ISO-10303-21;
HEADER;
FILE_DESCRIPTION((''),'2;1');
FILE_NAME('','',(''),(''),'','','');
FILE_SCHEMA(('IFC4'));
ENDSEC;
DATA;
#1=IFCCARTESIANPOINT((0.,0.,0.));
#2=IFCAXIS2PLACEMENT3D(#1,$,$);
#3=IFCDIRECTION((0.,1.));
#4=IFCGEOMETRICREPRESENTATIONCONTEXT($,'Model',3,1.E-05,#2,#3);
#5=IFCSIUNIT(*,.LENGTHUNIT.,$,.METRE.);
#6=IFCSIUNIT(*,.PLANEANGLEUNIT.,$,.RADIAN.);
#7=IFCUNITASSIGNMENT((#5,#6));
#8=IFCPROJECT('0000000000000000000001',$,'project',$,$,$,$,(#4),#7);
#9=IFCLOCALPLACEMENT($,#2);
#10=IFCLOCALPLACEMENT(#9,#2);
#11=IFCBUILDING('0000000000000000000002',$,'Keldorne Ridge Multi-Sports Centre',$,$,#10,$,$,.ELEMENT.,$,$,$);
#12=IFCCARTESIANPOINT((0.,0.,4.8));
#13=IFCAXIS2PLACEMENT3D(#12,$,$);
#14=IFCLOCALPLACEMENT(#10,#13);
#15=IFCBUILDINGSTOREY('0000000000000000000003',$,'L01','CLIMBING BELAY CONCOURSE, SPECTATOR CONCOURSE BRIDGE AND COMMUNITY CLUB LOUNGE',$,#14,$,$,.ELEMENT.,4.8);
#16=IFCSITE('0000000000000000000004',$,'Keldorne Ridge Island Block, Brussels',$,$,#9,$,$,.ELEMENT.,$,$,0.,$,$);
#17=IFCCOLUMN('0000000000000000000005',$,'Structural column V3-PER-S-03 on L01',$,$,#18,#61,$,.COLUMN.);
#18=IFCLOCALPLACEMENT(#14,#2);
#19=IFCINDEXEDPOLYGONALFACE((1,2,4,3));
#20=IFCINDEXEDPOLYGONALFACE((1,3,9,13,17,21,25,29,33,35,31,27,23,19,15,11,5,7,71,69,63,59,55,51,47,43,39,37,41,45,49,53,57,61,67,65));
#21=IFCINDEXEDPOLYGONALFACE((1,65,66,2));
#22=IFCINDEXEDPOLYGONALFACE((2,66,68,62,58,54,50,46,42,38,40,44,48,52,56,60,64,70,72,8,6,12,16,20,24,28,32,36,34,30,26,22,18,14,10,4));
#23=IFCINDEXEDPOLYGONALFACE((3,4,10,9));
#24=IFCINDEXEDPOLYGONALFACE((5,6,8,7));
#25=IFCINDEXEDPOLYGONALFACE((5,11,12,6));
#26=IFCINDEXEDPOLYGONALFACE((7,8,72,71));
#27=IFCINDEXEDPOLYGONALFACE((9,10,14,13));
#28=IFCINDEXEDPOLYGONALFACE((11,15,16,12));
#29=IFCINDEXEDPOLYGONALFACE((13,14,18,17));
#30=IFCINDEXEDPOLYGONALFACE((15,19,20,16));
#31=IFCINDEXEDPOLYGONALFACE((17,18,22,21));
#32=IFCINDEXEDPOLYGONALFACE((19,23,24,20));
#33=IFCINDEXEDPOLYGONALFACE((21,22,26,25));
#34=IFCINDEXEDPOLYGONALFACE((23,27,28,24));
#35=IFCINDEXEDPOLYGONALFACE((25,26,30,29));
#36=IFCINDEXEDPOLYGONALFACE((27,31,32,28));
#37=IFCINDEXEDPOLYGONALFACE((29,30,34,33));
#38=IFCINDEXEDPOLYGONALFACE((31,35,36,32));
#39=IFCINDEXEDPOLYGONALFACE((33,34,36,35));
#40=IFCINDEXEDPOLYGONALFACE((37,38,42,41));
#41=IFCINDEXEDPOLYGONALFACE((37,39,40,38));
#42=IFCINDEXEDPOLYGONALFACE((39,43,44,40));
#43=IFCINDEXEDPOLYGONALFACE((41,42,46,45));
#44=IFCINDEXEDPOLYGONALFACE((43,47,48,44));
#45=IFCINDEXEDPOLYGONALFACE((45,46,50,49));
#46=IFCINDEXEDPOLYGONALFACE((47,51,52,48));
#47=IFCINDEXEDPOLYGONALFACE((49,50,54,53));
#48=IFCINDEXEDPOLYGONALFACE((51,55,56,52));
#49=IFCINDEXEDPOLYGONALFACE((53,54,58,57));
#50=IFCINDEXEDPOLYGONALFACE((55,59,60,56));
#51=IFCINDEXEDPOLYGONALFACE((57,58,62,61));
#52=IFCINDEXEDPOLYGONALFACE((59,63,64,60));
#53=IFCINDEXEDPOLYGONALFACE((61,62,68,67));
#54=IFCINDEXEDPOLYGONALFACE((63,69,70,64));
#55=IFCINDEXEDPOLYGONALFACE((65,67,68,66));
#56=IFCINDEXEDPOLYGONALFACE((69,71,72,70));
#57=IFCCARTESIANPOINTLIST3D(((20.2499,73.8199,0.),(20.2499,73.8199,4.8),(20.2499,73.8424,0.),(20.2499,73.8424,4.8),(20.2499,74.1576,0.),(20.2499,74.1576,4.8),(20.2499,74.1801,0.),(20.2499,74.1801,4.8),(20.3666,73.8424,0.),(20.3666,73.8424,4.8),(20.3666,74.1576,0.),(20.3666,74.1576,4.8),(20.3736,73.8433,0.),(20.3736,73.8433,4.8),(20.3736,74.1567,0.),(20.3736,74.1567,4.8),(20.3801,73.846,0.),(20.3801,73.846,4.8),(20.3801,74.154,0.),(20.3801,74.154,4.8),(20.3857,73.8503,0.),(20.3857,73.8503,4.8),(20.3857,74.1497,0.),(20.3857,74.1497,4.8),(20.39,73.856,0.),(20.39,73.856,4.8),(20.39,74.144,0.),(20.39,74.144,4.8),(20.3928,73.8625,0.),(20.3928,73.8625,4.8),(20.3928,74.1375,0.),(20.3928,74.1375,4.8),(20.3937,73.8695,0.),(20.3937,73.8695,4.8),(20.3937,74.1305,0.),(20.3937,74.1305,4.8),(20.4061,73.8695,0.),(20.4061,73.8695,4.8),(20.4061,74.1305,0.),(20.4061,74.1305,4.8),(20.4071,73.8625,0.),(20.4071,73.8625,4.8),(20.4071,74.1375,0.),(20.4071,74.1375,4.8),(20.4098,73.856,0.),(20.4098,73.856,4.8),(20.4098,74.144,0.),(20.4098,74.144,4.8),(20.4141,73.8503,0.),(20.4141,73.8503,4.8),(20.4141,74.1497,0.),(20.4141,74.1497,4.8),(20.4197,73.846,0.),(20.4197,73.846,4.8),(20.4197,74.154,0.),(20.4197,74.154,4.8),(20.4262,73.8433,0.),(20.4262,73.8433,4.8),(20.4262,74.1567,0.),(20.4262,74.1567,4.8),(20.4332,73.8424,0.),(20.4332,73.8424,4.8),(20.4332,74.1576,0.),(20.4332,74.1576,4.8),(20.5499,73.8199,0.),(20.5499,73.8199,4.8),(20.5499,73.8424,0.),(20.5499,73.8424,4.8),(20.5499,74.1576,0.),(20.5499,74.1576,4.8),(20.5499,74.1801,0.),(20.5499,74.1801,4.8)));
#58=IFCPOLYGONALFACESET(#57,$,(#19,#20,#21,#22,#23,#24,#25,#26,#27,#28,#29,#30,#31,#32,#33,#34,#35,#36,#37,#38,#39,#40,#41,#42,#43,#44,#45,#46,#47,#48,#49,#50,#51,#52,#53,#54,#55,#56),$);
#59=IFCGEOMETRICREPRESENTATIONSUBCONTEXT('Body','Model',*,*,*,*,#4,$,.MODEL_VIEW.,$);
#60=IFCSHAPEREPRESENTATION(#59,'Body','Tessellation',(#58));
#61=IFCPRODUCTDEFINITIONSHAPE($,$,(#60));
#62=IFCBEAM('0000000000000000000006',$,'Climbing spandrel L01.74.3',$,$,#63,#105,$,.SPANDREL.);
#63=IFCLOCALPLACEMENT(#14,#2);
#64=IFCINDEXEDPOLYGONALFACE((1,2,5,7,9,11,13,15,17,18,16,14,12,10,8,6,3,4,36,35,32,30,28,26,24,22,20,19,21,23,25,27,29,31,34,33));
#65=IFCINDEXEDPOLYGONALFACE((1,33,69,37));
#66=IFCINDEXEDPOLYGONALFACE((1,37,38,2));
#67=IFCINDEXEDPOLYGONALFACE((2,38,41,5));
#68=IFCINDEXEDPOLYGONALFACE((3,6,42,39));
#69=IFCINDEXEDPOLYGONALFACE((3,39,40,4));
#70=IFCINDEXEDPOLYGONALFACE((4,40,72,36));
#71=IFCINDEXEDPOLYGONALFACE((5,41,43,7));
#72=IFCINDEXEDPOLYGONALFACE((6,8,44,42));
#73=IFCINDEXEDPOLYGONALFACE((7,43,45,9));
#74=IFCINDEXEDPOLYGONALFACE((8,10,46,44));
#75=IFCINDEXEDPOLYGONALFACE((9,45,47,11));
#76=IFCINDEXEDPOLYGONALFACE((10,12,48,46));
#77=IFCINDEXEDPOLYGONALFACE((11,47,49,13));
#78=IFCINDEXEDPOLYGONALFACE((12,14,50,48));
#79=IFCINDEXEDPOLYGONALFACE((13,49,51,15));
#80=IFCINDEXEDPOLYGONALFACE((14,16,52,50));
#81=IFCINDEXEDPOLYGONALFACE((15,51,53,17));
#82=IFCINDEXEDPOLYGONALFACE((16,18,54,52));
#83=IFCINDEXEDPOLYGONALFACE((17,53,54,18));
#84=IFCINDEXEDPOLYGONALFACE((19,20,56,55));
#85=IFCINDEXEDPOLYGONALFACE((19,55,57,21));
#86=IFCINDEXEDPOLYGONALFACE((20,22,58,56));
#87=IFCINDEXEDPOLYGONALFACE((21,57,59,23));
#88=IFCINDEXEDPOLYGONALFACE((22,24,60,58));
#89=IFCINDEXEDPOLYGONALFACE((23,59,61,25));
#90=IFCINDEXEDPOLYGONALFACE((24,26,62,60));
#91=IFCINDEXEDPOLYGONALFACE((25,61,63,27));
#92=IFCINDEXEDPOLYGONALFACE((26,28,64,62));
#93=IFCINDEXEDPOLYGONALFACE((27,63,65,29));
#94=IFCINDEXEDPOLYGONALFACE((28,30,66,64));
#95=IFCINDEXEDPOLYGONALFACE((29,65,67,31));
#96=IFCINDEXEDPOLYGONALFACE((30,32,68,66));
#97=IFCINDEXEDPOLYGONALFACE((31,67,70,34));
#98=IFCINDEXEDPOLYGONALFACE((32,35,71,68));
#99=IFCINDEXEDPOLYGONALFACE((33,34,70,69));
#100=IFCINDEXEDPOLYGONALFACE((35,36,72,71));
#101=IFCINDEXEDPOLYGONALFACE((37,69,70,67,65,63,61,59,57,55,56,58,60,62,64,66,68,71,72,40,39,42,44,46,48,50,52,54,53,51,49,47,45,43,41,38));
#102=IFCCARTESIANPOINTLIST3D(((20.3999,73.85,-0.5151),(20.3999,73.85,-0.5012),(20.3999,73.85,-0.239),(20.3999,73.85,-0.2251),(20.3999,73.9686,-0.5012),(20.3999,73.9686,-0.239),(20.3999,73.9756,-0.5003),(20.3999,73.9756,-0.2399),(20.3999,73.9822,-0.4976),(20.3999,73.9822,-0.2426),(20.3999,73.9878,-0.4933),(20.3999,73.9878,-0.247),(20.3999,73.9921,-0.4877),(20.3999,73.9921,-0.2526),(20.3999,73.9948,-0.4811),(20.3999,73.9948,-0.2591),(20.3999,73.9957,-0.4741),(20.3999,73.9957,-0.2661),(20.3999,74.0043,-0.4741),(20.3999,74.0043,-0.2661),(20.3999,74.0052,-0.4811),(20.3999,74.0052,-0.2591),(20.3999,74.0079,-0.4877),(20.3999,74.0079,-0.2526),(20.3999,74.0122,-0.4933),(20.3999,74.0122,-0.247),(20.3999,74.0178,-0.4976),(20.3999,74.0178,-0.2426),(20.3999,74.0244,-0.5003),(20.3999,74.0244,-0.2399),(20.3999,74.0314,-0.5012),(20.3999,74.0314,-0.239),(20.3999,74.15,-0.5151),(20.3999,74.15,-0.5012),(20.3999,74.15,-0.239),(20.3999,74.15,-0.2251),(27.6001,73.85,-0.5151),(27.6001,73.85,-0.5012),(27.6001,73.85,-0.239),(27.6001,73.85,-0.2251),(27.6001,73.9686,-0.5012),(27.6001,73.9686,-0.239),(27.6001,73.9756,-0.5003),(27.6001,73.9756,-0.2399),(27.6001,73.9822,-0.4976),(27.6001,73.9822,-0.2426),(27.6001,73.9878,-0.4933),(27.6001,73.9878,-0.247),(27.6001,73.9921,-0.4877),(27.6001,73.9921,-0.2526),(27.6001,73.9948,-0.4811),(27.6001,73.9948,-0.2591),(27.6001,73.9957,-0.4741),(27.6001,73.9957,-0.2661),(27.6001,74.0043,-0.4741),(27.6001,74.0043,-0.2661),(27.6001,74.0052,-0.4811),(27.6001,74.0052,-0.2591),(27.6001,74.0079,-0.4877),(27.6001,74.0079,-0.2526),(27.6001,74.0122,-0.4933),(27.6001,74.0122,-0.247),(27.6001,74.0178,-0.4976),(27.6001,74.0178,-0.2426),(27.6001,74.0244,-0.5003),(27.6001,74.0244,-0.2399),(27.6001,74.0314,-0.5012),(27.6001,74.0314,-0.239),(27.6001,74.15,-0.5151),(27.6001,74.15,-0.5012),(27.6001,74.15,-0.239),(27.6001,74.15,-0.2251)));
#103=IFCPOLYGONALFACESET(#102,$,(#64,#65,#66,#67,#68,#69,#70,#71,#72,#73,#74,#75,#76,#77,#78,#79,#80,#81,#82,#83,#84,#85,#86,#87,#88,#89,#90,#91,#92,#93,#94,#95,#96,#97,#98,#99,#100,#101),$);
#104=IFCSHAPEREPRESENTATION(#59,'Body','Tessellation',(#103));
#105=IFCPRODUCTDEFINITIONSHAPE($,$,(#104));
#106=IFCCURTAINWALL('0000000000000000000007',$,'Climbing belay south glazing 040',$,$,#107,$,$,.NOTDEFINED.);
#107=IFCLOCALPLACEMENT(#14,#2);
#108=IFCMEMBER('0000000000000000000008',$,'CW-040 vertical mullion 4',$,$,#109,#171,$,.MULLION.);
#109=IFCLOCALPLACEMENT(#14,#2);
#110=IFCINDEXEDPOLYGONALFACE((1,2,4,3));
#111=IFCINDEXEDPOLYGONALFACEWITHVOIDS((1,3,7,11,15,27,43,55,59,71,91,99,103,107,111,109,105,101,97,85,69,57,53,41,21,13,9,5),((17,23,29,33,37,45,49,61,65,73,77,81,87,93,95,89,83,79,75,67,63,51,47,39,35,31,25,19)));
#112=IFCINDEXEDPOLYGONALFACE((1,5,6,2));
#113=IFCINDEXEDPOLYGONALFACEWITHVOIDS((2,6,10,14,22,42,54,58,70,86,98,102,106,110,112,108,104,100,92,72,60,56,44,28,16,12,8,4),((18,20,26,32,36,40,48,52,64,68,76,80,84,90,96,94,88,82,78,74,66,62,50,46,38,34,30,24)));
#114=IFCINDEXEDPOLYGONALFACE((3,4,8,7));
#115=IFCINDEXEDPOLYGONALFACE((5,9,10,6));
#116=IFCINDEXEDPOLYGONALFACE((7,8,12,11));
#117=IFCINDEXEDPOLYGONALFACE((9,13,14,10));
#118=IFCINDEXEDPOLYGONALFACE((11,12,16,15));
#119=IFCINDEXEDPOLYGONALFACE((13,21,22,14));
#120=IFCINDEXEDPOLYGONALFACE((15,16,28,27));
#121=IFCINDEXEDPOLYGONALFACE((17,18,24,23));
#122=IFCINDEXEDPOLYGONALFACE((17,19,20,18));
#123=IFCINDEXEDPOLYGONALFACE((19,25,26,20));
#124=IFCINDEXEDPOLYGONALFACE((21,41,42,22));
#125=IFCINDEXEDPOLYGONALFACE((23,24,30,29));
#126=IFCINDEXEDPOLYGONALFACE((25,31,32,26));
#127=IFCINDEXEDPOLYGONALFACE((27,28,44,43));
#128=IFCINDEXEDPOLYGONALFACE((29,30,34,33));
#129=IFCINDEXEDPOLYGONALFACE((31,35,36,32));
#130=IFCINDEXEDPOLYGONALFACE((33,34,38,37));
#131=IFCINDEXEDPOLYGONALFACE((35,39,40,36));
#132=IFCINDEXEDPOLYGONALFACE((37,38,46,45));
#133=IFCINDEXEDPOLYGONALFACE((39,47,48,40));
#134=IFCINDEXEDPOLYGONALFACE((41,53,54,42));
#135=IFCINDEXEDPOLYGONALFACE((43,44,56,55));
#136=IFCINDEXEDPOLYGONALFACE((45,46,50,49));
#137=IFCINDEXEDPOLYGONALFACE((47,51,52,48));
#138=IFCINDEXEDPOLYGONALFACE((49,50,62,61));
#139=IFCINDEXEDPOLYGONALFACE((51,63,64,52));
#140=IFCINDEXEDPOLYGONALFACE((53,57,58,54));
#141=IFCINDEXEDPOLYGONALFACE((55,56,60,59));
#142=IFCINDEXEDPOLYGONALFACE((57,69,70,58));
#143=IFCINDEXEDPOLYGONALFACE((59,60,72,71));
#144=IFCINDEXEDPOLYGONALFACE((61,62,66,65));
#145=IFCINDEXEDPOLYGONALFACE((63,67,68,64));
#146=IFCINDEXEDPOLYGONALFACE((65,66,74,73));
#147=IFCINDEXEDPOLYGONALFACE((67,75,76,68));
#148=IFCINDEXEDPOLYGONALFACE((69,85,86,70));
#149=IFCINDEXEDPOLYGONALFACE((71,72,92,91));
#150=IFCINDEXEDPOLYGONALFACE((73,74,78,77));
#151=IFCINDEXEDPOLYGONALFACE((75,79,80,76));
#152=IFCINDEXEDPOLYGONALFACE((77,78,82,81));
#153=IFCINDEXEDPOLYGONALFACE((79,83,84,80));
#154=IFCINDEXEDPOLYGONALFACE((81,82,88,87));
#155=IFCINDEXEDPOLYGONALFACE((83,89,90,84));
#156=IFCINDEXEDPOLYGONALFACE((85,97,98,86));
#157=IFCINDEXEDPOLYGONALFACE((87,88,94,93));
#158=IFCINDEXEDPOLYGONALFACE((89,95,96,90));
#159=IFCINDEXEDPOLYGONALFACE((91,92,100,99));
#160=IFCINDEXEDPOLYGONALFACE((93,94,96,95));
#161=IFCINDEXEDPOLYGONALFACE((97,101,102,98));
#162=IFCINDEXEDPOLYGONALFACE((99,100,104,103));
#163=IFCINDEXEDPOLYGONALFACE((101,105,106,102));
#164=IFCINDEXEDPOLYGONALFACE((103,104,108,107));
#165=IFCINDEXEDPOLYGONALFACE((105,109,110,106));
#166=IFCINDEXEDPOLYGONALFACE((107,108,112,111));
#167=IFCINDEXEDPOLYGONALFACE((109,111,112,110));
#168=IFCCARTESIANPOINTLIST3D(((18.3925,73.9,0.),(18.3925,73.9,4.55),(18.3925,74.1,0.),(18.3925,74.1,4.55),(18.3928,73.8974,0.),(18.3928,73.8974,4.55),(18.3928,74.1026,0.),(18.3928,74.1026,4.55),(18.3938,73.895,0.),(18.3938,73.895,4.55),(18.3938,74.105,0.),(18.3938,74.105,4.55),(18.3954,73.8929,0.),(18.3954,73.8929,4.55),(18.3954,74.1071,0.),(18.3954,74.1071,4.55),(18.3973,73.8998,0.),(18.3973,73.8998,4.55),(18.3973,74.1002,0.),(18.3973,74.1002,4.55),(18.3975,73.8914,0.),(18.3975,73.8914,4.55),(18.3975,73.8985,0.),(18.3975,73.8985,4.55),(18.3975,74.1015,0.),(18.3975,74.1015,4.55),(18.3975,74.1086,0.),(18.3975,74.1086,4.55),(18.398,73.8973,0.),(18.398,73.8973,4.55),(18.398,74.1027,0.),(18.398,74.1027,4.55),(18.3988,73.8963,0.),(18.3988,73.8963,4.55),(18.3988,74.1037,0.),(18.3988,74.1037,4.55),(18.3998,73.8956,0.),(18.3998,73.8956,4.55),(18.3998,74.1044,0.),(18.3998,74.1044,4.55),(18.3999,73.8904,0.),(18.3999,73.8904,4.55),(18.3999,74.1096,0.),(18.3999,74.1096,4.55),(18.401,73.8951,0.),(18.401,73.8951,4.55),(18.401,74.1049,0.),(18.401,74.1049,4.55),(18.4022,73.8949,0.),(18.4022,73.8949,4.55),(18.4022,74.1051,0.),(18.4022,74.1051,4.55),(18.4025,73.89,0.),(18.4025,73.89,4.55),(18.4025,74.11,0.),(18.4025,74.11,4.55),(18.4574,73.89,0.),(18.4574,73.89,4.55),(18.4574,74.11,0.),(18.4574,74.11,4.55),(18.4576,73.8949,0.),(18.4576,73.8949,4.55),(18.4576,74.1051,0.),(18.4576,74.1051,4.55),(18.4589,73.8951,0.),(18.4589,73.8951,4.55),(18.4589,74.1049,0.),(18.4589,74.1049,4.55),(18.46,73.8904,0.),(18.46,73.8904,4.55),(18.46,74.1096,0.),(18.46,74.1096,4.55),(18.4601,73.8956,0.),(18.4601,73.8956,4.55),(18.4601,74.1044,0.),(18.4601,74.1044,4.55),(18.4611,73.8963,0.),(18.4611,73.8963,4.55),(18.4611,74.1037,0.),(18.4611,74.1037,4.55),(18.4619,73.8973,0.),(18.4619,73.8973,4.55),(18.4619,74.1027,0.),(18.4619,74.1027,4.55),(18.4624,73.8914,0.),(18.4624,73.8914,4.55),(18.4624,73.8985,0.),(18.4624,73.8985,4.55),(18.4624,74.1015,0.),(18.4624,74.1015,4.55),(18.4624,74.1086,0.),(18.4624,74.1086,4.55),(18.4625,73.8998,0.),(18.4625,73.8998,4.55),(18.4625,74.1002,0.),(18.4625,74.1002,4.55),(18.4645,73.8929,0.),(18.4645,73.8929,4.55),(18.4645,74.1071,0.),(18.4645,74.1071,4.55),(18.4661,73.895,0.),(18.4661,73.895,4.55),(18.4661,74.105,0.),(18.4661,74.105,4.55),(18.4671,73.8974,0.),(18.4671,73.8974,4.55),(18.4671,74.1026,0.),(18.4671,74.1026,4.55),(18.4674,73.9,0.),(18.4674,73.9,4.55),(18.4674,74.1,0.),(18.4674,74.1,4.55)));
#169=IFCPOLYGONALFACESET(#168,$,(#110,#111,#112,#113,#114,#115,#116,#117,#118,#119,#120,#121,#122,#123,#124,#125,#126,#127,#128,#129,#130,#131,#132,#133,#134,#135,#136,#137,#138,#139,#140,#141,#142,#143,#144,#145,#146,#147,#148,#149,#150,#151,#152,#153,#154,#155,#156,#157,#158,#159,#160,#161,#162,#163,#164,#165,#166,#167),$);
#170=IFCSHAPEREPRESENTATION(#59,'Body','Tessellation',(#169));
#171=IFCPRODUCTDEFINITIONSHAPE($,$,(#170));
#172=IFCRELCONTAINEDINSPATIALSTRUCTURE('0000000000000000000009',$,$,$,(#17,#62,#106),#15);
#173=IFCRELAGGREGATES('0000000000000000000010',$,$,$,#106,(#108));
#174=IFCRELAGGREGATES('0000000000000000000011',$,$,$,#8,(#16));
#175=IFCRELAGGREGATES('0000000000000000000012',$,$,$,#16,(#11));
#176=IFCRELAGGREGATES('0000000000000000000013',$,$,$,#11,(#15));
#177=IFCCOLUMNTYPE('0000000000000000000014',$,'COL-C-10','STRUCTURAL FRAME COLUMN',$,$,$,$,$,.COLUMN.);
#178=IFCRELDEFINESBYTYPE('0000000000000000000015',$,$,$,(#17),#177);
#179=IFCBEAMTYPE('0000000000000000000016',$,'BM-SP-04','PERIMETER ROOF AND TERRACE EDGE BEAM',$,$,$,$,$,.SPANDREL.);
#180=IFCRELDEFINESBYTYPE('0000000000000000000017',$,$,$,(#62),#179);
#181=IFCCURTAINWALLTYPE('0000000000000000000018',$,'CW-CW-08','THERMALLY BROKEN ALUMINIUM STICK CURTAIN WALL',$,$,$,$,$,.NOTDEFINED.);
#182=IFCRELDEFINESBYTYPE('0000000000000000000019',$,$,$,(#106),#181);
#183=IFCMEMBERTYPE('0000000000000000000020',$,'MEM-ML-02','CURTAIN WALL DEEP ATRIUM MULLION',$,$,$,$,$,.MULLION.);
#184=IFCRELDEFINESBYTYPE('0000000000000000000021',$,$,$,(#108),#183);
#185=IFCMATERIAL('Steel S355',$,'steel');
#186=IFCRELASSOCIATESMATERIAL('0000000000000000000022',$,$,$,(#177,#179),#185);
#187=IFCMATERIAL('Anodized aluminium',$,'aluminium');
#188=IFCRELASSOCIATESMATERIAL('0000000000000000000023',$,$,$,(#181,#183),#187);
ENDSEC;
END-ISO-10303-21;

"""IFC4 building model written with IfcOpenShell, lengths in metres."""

from ifc_helpers import new_model, si_unit, direction, frame, origin, origin_2d, place, context, subcontext, project, spatial, hollow_rectangle, i_section, extrude, material, material_profile, profile_set, type_object, element, aggregate, save


model = new_model("IFC4")

# Units and contexts
model_context = context("Model", 3, precision=1e-05, world=origin(), true_north=direction((0.0, 1.0)))
body_context = subcontext(model_context, "Body", "Model", "MODEL_VIEW")
ifc_project = project(units=[si_unit("LENGTHUNIT", "METRE"), si_unit("PLANEANGLEUNIT", "RADIAN")], contexts=[model_context])

# Site, building, storey
site_placement = place(None, origin())
site = spatial("IfcSite", under=ifc_project, at=site_placement, Name="Keldorne Ridge Island Block, Brussels", CompositionType="ELEMENT", RefElevation=0.0)
building_placement = place(site_placement, origin())
building = spatial("IfcBuilding", under=site, at=building_placement, Name="Keldorne Ridge Multi-Sports Centre", CompositionType="ELEMENT")
storey_placement = place(building_placement, frame((0.0, 0.0, 4.8)))
storey = spatial("IfcBuildingStorey", under=building, at=storey_placement, Name="L01", Description="CLIMBING BELAY CONCOURSE, SPECTATOR CONCOURSE BRIDGE AND COMMUNITY CLUB LOUNGE", CompositionType="ELEMENT", Elevation=4.8)

# Column
ifc_material_1 = material(Name="Steel S355", Category="steel")
ifc_material_profile_1 = material_profile(ifc_material_1, i_section(OverallWidth=0.3, OverallDepth=0.3601, WebThickness=0.0125, FlangeThickness=0.0225, FilletRadius=0.0271, at=origin_2d()), Name="HEB 360")
ifc_profile_set_1 = profile_set([ifc_material_profile_1], Name="Steel S355")
column_type = type_object("IfcColumnType", Name="COL-C-10", Description="STRUCTURAL FRAME COLUMN", PredefinedType="COLUMN", material=ifc_profile_set_1)
column_placement = place(storey_placement, frame((20.3999, 74.0, 0.0), z_axis=(0.0, 0.0, 1.0), x_axis=(1.0, 0.0, 0.0)))
element("IfcColumn", 1, at=column_placement, inside=storey, type_object=column_type, Name="Structural column V3-PER-S-03 on L01", PredefinedType="COLUMN", context=body_context, shape_type="SweptSolid", body=[
    extrude(i_section(OverallWidth=0.3, OverallDepth=0.3601, WebThickness=0.0125, FlangeThickness=0.0225, FilletRadius=0.0271, at=origin_2d()), origin(), (0.0, 0.0, 1.0), 4.8),
])

# Beam
ifc_material_profile_2 = material_profile(ifc_material_1, i_section(OverallWidth=0.3, OverallDepth=0.29, WebThickness=0.0085, FlangeThickness=0.0139, FilletRadius=0.0271, at=origin_2d()), Name="HEA 300")
ifc_profile_set_2 = profile_set([ifc_material_profile_2], Name="Steel S355")
beam_type = type_object("IfcBeamType", Name="BM-SP-04", Description="PERIMETER ROOF AND TERRACE EDGE BEAM", PredefinedType="SPANDREL", material=ifc_profile_set_2)
beam_placement = place(storey_placement, frame((20.3999, 74.0, -0.3701), z_axis=(1.0, 0.0, 0.0), x_axis=(0.0, 1.0, 0.0)))
element("IfcBeam", 2, at=beam_placement, inside=storey, type_object=beam_type, Name="Climbing spandrel L01.74.3", PredefinedType="SPANDREL", context=body_context, shape_type="SweptSolid", body=[
    extrude(i_section(OverallWidth=0.3, OverallDepth=0.29, WebThickness=0.0085, FlangeThickness=0.0139, FilletRadius=0.0271, at=origin_2d()), origin(), (0.0, 0.0, 1.0), 7.2002),
])

# Curtain wall, member
ifc_material_2 = material(Name="Anodized aluminium", Category="aluminium")
curtain_wall_type_1 = type_object("IfcCurtainWallType", Name="CW-CW-08", Description="THERMALLY BROKEN ALUMINIUM STICK CURTAIN WALL", PredefinedType="NOTDEFINED", material=ifc_material_2)
curtain_wall_1_placement = place(storey_placement, origin())
curtain_wall_1 = element("IfcCurtainWall", 3, at=curtain_wall_1_placement, inside=storey, type_object=curtain_wall_type_1, Name="Climbing belay south glazing 040", PredefinedType="NOTDEFINED")
ifc_material_profile_3 = material_profile(ifc_material_2, hollow_rectangle(XDim=0.075, YDim=0.22, WallThickness=0.0049, InnerFilletRadius=0.0049, OuterFilletRadius=0.01, at=origin_2d()), Name="ALU MULLION 220x75x5")
ifc_profile_set_3 = profile_set([ifc_material_profile_3], Name="Anodized aluminium")
member_type_1 = type_object("IfcMemberType", Name="MEM-ML-02", Description="CURTAIN WALL DEEP ATRIUM MULLION", PredefinedType="MULLION", material=ifc_profile_set_3)
member_1_placement = place(storey_placement, frame((18.4299, 74.0, 0.0), z_axis=(0.0, 0.0, 1.0), x_axis=(1.0, 0.0, 0.0)))
member_1 = element("IfcMember", 4, at=member_1_placement, type_object=member_type_1, Name="CW-040 vertical mullion 4", PredefinedType="MULLION", context=body_context, shape_type="SweptSolid", body=[
    extrude(hollow_rectangle(XDim=0.075, YDim=0.22, WallThickness=0.0049, InnerFilletRadius=0.0049, OuterFilletRadius=0.01, at=origin_2d()), origin(), (0.0, 0.0, 1.0), 4.55),
])

aggregate(curtain_wall_1, [member_1])

save(model, "model.ifc")
